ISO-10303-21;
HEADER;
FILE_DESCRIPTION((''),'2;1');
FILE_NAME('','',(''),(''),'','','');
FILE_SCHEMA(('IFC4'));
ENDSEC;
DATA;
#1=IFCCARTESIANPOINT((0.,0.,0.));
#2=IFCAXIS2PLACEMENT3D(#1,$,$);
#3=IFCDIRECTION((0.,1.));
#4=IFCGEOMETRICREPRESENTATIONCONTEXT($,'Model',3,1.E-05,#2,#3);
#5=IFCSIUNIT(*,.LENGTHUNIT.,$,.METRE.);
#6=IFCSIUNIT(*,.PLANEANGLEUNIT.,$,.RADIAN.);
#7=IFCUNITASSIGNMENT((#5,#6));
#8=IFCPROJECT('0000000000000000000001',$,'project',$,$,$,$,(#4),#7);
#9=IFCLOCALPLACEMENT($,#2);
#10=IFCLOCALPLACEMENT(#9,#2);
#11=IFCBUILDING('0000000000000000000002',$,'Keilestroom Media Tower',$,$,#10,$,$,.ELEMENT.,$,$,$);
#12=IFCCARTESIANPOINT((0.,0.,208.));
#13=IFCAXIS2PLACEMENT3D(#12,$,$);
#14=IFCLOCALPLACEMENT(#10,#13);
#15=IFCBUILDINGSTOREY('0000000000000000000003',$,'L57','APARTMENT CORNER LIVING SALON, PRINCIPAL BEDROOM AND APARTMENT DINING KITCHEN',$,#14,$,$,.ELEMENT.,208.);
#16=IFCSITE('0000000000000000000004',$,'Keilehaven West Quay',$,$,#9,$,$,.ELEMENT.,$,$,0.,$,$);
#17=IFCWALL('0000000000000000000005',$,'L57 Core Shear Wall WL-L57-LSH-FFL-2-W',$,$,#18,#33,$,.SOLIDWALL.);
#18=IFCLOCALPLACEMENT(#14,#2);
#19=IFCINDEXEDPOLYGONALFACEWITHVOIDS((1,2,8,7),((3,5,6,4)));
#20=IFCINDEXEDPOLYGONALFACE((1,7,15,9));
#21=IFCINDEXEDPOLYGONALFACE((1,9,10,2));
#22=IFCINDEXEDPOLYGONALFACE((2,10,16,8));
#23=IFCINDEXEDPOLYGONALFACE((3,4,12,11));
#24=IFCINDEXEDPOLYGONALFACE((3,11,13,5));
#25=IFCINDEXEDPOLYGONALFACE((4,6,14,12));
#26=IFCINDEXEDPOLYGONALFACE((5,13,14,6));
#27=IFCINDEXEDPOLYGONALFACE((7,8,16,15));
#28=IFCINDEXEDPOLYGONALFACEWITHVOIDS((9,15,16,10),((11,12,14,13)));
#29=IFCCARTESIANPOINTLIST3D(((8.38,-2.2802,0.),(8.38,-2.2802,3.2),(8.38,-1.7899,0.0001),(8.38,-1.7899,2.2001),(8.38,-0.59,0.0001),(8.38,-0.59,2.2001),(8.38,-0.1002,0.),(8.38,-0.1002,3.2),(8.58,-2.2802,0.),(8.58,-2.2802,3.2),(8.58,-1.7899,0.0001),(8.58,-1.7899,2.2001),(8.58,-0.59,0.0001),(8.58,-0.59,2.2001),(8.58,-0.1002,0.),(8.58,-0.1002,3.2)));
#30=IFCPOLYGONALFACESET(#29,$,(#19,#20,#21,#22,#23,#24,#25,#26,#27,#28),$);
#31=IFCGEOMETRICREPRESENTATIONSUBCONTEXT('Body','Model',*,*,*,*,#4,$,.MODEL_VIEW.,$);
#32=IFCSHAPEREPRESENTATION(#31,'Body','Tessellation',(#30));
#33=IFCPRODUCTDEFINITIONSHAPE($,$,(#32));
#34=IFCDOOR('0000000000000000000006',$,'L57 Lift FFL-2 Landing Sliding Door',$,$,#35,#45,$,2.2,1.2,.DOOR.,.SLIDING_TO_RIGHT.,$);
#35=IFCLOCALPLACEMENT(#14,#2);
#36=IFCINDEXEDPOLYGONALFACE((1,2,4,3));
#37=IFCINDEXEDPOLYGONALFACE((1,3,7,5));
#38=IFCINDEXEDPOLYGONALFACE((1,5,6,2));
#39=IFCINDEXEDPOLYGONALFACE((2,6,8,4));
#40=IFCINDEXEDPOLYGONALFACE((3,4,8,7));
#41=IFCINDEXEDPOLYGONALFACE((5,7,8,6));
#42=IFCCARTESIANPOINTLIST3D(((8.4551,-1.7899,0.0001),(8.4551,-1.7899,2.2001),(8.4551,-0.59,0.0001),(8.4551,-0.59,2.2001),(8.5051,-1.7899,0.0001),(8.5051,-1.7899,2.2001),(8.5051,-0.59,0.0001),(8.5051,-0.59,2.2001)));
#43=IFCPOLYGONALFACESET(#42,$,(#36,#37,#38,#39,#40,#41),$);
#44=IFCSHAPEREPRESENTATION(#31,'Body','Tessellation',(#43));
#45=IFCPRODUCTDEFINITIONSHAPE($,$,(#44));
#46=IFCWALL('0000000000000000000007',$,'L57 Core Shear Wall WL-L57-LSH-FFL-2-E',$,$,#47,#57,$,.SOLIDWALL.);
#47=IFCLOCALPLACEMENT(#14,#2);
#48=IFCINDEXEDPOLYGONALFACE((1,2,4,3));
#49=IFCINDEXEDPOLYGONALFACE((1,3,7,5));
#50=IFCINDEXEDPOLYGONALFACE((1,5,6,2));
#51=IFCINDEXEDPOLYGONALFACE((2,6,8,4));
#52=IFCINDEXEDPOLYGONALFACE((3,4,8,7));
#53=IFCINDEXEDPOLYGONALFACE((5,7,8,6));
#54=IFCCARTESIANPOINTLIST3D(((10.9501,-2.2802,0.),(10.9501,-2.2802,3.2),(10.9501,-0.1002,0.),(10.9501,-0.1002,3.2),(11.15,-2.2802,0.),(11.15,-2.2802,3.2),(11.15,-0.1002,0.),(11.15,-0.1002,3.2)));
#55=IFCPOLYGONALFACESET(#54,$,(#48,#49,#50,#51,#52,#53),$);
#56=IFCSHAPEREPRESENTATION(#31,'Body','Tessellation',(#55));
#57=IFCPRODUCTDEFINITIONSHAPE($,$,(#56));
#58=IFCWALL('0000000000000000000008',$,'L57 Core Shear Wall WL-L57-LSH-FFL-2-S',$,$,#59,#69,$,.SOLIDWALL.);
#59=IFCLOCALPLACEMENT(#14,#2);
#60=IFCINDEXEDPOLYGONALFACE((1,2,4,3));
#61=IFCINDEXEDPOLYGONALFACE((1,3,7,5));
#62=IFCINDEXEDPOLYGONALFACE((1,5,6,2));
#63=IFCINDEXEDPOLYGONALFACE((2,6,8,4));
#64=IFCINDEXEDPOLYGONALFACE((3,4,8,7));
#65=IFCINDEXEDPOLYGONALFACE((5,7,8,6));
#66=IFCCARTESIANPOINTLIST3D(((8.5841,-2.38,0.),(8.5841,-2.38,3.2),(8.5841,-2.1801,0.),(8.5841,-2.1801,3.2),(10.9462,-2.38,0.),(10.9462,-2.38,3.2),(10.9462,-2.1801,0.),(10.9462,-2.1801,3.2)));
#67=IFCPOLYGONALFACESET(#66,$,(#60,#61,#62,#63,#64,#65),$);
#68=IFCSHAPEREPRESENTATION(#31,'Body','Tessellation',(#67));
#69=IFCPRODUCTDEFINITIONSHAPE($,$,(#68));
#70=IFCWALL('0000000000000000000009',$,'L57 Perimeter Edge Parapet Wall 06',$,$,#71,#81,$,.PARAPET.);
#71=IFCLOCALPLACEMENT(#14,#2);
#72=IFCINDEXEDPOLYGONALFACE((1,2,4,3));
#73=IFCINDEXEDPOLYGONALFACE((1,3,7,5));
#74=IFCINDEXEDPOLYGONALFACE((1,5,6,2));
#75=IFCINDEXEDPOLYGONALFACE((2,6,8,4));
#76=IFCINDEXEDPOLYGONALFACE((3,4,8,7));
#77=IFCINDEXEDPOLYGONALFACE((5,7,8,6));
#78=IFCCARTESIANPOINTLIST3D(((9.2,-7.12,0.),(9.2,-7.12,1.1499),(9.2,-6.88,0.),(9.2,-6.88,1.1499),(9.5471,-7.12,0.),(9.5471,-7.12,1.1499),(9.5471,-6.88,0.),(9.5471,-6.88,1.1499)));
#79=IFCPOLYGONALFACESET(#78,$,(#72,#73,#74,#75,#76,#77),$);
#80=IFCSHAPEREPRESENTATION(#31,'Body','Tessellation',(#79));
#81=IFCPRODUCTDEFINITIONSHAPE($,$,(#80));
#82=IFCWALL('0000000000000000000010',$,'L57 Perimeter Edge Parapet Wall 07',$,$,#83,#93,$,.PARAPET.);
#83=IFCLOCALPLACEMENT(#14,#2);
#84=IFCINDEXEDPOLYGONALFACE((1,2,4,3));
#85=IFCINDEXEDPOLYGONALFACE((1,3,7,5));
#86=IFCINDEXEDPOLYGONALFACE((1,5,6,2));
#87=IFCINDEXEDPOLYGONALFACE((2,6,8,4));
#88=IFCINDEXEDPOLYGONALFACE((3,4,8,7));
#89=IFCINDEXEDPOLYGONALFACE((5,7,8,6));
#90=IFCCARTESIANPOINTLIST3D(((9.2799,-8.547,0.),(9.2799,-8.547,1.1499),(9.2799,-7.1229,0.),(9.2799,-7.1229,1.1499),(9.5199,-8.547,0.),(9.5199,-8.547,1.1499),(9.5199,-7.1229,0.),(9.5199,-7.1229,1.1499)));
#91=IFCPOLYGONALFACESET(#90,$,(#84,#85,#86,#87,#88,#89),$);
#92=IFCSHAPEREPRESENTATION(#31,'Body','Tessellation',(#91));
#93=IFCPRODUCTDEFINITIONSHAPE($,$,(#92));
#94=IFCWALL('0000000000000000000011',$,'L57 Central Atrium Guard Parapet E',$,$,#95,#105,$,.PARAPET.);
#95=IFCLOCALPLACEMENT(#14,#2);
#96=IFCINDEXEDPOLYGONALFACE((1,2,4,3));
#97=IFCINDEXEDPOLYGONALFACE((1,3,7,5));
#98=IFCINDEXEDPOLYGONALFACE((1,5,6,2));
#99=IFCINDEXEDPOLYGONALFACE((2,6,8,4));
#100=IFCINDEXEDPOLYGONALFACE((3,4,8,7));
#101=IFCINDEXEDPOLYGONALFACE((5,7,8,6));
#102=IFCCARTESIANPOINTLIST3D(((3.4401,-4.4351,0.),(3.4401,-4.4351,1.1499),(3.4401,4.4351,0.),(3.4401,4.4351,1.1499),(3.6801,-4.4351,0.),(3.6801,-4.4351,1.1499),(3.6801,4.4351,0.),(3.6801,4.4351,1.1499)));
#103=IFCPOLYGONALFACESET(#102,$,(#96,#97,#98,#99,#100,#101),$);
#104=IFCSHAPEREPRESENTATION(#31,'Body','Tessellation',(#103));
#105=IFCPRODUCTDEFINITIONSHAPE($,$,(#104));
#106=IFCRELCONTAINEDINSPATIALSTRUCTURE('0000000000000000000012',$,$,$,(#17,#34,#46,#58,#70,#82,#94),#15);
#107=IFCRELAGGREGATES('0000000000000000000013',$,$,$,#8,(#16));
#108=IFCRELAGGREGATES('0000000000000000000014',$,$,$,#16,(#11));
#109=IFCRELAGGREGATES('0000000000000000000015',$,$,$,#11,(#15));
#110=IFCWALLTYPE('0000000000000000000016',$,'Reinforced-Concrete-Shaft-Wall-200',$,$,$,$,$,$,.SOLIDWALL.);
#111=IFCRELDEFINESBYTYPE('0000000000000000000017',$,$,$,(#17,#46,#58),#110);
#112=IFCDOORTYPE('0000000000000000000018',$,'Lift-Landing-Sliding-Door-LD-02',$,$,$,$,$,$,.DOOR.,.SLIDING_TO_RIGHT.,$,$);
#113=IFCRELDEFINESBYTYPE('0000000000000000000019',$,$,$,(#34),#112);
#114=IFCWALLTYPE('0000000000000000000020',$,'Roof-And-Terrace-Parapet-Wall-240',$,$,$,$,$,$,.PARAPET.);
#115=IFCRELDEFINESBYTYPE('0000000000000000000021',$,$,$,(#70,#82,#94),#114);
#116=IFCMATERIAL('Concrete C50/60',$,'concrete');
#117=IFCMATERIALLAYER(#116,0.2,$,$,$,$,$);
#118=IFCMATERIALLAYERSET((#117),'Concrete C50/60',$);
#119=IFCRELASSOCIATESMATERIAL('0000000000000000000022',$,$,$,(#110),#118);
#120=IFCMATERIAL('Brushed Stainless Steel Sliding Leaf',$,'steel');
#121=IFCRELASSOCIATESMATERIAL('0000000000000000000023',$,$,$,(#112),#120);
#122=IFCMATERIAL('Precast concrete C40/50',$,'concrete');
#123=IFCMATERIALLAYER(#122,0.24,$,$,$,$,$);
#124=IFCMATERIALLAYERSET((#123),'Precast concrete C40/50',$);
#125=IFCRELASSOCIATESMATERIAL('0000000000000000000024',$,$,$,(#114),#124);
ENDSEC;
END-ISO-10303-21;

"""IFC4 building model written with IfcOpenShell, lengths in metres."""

from ifc_helpers import new_model, si_unit, direction, frame, frame_2d, origin, place, context, subcontext, project, spatial, rectangle, extrude, source, transform, mapped, material, layer, layer_set, type_object, element, fill, save


model = new_model("IFC4")

# Units and contexts
model_context = context("Model", 3, precision=1e-05, world=origin(), true_north=direction((0.0, 1.0)))
body_context = subcontext(model_context, "Body", "Model", "MODEL_VIEW")
ifc_project = project(units=[si_unit("LENGTHUNIT", "METRE"), si_unit("PLANEANGLEUNIT", "RADIAN")], contexts=[model_context])

# Site, building, storey
site_placement = place(None, origin())
site = spatial("IfcSite", under=ifc_project, at=site_placement, Name="Keilehaven West Quay", CompositionType="ELEMENT", RefElevation=0.0)
building_placement = place(site_placement, origin())
building = spatial("IfcBuilding", under=site, at=building_placement, Name="Keilestroom Media Tower", CompositionType="ELEMENT")
storey_placement = place(building_placement, frame((0.0, 0.0, 208.0)))
storey = spatial("IfcBuildingStorey", under=building, at=storey_placement, Name="L57", Description="APARTMENT CORNER LIVING SALON, PRINCIPAL BEDROOM AND APARTMENT DINING KITCHEN", CompositionType="ELEMENT", Elevation=208.0)

# Shared definitions
ifc_material_1 = material(Name="Precast concrete C40/50", Category="concrete")

# Shared definitions
shared_shape_1 = source(origin(), body_context, "Body", "SweptSolid", [
    extrude(rectangle(XDim=1.2, YDim=2.2, at=frame_2d((0.6001, 1.1001))), frame((0.0, 0.0249, 0.0), z_axis=(0.0, -1.0, 0.0), x_axis=(1.0, 0.0, 0.0)), (0.0, 0.0, 1.0), 0.05),
])

# Shared definitions
ifc_material_2 = material(Name="Concrete C50/60", Category="concrete")
ifc_layer_1 = layer(ifc_material_2, 0.2)
ifc_layer_set_1 = layer_set([ifc_layer_1], Name="Concrete C50/60")
wall_type_1 = type_object("IfcWallType", Name="Reinforced-Concrete-Shaft-Wall-200", PredefinedType="SOLIDWALL", material=ifc_layer_set_1)

# Wall, opening, door
wall_1_placement = place(storey_placement, frame((8.48, -2.28, 0.0), z_axis=(0.0, 0.0, 1.0), x_axis=(0.0, 1.0, 0.0)))
wall_1 = element("IfcWall", 1, at=wall_1_placement, inside=storey, type_object=wall_type_1, Name="L57 Core Shear Wall WL-L57-LSH-FFL-2-W", PredefinedType="SOLIDWALL", context=body_context, shape_type="SweptSolid", body=[
    extrude(rectangle(XDim=2.1799, YDim=0.2, at=frame_2d((1.0898, 0.0))), origin(), (0.0, 0.0, 1.0), 3.2),
])
opening_1_placement = place(wall_1_placement, frame((0.49, 0.0, 0.0)))
opening_1 = element("IfcOpeningElement", 2, at=opening_1_placement, cuts=wall_1, PredefinedType="OPENING", context=body_context, shape_type="SweptSolid", body=[
    extrude(rectangle(XDim=1.2, YDim=2.2, at=frame_2d((0.6001, 1.1001))), frame((0.0, 0.1099, 0.0), z_axis=(0.0, -1.0, 0.0), x_axis=(1.0, 0.0, 0.0)), (0.0, 0.0, 1.0), 0.22),
])
ifc_material_3 = material(Name="Brushed Stainless Steel Sliding Leaf", Category="steel")
door_type_1 = type_object("IfcDoorType", Name="Lift-Landing-Sliding-Door-LD-02", OperationType="SLIDING_TO_RIGHT", PredefinedType="DOOR", material=ifc_material_3)
door_1_placement = place(opening_1_placement, origin())
door_1 = element("IfcDoor", 3, at=door_1_placement, inside=storey, type_object=door_type_1, Name="L57 Lift FFL-2 Landing Sliding Door", OperationType="SLIDING_TO_RIGHT", OverallHeight=2.2, OverallWidth=1.2, PredefinedType="DOOR", context=body_context, shape_type="MappedRepresentation", body=[
    mapped(shared_shape_1, transform((0.0, 0.0, 0.0), x_axis=(1.0, 0.0, 0.0), y_axis=(0.0, 1.0, 0.0), z_axis=(0.0, 0.0, 1.0), scale=1.0)),
])
fill(opening_1, door_1)

# Walls
wall_2_placement = place(storey_placement, frame((11.05, -2.28, 0.0), z_axis=(0.0, 0.0, 1.0), x_axis=(0.0, 1.0, 0.0)))
element("IfcWall", 4, at=wall_2_placement, inside=storey, type_object=wall_type_1, Name="L57 Core Shear Wall WL-L57-LSH-FFL-2-E", PredefinedType="SOLIDWALL", context=body_context, shape_type="SweptSolid", body=[
    extrude(rectangle(XDim=2.1799, YDim=0.2, at=frame_2d((1.0898, 0.0))), origin(), (0.0, 0.0, 1.0), 3.2),
])
wall_3_placement = place(storey_placement, frame((8.584, -2.28, 0.0), z_axis=(0.0, 0.0, 1.0), x_axis=(1.0, 0.0, 0.0)))
element("IfcWall", 5, at=wall_3_placement, inside=storey, type_object=wall_type_1, Name="L57 Core Shear Wall WL-L57-LSH-FFL-2-S", PredefinedType="SOLIDWALL", context=body_context, shape_type="SweptSolid", body=[
    extrude(rectangle(XDim=2.3621, YDim=0.2, at=frame_2d((1.1812, 0.0))), origin(), (0.0, 0.0, 1.0), 3.2),
])
ifc_layer_2 = layer(ifc_material_1, 0.24)
ifc_layer_set_2 = layer_set([ifc_layer_2], Name="Precast concrete C40/50")
wall_type_2 = type_object("IfcWallType", Name="Roof-And-Terrace-Parapet-Wall-240", PredefinedType="PARAPET", material=ifc_layer_set_2)
wall_4_placement = place(storey_placement, frame((9.5471, -7.0, 0.0), z_axis=(0.0, 0.0, 1.0), x_axis=(-1.0, 0.0, 0.0)))
element("IfcWall", 6, at=wall_4_placement, inside=storey, type_object=wall_type_2, Name="L57 Perimeter Edge Parapet Wall 06", PredefinedType="PARAPET", context=body_context, shape_type="SweptSolid", body=[
    extrude(rectangle(XDim=0.3472, YDim=0.24, at=frame_2d((0.1736, 0.0))), origin(), (0.0, 0.0, 1.0), 1.1499),
])
wall_5_placement = place(storey_placement, frame((9.3999, -7.123, 0.0), z_axis=(0.0, 0.0, 1.0), x_axis=(0.0, -1.0, 0.0)))
element("IfcWall", 7, at=wall_5_placement, inside=storey, type_object=wall_type_2, Name="L57 Perimeter Edge Parapet Wall 07", PredefinedType="PARAPET", context=body_context, shape_type="SweptSolid", body=[
    extrude(rectangle(XDim=1.4241, YDim=0.24, at=frame_2d((0.7119, 0.0))), origin(), (0.0, 0.0, 1.0), 1.1499),
])
wall_6_placement = place(storey_placement, frame((3.5601, -4.4351, 0.0), z_axis=(0.0, 0.0, 1.0), x_axis=(0.0, 1.0, 0.0)))
element("IfcWall", 8, at=wall_6_placement, inside=storey, type_object=wall_type_2, Name="L57 Central Atrium Guard Parapet E", PredefinedType="PARAPET", context=body_context, shape_type="SweptSolid", body=[
    extrude(rectangle(XDim=8.8701, YDim=0.24, at=frame_2d((4.4351, 0.0))), origin(), (0.0, 0.0, 1.0), 1.1499),
])

save(model, "model.ifc")
